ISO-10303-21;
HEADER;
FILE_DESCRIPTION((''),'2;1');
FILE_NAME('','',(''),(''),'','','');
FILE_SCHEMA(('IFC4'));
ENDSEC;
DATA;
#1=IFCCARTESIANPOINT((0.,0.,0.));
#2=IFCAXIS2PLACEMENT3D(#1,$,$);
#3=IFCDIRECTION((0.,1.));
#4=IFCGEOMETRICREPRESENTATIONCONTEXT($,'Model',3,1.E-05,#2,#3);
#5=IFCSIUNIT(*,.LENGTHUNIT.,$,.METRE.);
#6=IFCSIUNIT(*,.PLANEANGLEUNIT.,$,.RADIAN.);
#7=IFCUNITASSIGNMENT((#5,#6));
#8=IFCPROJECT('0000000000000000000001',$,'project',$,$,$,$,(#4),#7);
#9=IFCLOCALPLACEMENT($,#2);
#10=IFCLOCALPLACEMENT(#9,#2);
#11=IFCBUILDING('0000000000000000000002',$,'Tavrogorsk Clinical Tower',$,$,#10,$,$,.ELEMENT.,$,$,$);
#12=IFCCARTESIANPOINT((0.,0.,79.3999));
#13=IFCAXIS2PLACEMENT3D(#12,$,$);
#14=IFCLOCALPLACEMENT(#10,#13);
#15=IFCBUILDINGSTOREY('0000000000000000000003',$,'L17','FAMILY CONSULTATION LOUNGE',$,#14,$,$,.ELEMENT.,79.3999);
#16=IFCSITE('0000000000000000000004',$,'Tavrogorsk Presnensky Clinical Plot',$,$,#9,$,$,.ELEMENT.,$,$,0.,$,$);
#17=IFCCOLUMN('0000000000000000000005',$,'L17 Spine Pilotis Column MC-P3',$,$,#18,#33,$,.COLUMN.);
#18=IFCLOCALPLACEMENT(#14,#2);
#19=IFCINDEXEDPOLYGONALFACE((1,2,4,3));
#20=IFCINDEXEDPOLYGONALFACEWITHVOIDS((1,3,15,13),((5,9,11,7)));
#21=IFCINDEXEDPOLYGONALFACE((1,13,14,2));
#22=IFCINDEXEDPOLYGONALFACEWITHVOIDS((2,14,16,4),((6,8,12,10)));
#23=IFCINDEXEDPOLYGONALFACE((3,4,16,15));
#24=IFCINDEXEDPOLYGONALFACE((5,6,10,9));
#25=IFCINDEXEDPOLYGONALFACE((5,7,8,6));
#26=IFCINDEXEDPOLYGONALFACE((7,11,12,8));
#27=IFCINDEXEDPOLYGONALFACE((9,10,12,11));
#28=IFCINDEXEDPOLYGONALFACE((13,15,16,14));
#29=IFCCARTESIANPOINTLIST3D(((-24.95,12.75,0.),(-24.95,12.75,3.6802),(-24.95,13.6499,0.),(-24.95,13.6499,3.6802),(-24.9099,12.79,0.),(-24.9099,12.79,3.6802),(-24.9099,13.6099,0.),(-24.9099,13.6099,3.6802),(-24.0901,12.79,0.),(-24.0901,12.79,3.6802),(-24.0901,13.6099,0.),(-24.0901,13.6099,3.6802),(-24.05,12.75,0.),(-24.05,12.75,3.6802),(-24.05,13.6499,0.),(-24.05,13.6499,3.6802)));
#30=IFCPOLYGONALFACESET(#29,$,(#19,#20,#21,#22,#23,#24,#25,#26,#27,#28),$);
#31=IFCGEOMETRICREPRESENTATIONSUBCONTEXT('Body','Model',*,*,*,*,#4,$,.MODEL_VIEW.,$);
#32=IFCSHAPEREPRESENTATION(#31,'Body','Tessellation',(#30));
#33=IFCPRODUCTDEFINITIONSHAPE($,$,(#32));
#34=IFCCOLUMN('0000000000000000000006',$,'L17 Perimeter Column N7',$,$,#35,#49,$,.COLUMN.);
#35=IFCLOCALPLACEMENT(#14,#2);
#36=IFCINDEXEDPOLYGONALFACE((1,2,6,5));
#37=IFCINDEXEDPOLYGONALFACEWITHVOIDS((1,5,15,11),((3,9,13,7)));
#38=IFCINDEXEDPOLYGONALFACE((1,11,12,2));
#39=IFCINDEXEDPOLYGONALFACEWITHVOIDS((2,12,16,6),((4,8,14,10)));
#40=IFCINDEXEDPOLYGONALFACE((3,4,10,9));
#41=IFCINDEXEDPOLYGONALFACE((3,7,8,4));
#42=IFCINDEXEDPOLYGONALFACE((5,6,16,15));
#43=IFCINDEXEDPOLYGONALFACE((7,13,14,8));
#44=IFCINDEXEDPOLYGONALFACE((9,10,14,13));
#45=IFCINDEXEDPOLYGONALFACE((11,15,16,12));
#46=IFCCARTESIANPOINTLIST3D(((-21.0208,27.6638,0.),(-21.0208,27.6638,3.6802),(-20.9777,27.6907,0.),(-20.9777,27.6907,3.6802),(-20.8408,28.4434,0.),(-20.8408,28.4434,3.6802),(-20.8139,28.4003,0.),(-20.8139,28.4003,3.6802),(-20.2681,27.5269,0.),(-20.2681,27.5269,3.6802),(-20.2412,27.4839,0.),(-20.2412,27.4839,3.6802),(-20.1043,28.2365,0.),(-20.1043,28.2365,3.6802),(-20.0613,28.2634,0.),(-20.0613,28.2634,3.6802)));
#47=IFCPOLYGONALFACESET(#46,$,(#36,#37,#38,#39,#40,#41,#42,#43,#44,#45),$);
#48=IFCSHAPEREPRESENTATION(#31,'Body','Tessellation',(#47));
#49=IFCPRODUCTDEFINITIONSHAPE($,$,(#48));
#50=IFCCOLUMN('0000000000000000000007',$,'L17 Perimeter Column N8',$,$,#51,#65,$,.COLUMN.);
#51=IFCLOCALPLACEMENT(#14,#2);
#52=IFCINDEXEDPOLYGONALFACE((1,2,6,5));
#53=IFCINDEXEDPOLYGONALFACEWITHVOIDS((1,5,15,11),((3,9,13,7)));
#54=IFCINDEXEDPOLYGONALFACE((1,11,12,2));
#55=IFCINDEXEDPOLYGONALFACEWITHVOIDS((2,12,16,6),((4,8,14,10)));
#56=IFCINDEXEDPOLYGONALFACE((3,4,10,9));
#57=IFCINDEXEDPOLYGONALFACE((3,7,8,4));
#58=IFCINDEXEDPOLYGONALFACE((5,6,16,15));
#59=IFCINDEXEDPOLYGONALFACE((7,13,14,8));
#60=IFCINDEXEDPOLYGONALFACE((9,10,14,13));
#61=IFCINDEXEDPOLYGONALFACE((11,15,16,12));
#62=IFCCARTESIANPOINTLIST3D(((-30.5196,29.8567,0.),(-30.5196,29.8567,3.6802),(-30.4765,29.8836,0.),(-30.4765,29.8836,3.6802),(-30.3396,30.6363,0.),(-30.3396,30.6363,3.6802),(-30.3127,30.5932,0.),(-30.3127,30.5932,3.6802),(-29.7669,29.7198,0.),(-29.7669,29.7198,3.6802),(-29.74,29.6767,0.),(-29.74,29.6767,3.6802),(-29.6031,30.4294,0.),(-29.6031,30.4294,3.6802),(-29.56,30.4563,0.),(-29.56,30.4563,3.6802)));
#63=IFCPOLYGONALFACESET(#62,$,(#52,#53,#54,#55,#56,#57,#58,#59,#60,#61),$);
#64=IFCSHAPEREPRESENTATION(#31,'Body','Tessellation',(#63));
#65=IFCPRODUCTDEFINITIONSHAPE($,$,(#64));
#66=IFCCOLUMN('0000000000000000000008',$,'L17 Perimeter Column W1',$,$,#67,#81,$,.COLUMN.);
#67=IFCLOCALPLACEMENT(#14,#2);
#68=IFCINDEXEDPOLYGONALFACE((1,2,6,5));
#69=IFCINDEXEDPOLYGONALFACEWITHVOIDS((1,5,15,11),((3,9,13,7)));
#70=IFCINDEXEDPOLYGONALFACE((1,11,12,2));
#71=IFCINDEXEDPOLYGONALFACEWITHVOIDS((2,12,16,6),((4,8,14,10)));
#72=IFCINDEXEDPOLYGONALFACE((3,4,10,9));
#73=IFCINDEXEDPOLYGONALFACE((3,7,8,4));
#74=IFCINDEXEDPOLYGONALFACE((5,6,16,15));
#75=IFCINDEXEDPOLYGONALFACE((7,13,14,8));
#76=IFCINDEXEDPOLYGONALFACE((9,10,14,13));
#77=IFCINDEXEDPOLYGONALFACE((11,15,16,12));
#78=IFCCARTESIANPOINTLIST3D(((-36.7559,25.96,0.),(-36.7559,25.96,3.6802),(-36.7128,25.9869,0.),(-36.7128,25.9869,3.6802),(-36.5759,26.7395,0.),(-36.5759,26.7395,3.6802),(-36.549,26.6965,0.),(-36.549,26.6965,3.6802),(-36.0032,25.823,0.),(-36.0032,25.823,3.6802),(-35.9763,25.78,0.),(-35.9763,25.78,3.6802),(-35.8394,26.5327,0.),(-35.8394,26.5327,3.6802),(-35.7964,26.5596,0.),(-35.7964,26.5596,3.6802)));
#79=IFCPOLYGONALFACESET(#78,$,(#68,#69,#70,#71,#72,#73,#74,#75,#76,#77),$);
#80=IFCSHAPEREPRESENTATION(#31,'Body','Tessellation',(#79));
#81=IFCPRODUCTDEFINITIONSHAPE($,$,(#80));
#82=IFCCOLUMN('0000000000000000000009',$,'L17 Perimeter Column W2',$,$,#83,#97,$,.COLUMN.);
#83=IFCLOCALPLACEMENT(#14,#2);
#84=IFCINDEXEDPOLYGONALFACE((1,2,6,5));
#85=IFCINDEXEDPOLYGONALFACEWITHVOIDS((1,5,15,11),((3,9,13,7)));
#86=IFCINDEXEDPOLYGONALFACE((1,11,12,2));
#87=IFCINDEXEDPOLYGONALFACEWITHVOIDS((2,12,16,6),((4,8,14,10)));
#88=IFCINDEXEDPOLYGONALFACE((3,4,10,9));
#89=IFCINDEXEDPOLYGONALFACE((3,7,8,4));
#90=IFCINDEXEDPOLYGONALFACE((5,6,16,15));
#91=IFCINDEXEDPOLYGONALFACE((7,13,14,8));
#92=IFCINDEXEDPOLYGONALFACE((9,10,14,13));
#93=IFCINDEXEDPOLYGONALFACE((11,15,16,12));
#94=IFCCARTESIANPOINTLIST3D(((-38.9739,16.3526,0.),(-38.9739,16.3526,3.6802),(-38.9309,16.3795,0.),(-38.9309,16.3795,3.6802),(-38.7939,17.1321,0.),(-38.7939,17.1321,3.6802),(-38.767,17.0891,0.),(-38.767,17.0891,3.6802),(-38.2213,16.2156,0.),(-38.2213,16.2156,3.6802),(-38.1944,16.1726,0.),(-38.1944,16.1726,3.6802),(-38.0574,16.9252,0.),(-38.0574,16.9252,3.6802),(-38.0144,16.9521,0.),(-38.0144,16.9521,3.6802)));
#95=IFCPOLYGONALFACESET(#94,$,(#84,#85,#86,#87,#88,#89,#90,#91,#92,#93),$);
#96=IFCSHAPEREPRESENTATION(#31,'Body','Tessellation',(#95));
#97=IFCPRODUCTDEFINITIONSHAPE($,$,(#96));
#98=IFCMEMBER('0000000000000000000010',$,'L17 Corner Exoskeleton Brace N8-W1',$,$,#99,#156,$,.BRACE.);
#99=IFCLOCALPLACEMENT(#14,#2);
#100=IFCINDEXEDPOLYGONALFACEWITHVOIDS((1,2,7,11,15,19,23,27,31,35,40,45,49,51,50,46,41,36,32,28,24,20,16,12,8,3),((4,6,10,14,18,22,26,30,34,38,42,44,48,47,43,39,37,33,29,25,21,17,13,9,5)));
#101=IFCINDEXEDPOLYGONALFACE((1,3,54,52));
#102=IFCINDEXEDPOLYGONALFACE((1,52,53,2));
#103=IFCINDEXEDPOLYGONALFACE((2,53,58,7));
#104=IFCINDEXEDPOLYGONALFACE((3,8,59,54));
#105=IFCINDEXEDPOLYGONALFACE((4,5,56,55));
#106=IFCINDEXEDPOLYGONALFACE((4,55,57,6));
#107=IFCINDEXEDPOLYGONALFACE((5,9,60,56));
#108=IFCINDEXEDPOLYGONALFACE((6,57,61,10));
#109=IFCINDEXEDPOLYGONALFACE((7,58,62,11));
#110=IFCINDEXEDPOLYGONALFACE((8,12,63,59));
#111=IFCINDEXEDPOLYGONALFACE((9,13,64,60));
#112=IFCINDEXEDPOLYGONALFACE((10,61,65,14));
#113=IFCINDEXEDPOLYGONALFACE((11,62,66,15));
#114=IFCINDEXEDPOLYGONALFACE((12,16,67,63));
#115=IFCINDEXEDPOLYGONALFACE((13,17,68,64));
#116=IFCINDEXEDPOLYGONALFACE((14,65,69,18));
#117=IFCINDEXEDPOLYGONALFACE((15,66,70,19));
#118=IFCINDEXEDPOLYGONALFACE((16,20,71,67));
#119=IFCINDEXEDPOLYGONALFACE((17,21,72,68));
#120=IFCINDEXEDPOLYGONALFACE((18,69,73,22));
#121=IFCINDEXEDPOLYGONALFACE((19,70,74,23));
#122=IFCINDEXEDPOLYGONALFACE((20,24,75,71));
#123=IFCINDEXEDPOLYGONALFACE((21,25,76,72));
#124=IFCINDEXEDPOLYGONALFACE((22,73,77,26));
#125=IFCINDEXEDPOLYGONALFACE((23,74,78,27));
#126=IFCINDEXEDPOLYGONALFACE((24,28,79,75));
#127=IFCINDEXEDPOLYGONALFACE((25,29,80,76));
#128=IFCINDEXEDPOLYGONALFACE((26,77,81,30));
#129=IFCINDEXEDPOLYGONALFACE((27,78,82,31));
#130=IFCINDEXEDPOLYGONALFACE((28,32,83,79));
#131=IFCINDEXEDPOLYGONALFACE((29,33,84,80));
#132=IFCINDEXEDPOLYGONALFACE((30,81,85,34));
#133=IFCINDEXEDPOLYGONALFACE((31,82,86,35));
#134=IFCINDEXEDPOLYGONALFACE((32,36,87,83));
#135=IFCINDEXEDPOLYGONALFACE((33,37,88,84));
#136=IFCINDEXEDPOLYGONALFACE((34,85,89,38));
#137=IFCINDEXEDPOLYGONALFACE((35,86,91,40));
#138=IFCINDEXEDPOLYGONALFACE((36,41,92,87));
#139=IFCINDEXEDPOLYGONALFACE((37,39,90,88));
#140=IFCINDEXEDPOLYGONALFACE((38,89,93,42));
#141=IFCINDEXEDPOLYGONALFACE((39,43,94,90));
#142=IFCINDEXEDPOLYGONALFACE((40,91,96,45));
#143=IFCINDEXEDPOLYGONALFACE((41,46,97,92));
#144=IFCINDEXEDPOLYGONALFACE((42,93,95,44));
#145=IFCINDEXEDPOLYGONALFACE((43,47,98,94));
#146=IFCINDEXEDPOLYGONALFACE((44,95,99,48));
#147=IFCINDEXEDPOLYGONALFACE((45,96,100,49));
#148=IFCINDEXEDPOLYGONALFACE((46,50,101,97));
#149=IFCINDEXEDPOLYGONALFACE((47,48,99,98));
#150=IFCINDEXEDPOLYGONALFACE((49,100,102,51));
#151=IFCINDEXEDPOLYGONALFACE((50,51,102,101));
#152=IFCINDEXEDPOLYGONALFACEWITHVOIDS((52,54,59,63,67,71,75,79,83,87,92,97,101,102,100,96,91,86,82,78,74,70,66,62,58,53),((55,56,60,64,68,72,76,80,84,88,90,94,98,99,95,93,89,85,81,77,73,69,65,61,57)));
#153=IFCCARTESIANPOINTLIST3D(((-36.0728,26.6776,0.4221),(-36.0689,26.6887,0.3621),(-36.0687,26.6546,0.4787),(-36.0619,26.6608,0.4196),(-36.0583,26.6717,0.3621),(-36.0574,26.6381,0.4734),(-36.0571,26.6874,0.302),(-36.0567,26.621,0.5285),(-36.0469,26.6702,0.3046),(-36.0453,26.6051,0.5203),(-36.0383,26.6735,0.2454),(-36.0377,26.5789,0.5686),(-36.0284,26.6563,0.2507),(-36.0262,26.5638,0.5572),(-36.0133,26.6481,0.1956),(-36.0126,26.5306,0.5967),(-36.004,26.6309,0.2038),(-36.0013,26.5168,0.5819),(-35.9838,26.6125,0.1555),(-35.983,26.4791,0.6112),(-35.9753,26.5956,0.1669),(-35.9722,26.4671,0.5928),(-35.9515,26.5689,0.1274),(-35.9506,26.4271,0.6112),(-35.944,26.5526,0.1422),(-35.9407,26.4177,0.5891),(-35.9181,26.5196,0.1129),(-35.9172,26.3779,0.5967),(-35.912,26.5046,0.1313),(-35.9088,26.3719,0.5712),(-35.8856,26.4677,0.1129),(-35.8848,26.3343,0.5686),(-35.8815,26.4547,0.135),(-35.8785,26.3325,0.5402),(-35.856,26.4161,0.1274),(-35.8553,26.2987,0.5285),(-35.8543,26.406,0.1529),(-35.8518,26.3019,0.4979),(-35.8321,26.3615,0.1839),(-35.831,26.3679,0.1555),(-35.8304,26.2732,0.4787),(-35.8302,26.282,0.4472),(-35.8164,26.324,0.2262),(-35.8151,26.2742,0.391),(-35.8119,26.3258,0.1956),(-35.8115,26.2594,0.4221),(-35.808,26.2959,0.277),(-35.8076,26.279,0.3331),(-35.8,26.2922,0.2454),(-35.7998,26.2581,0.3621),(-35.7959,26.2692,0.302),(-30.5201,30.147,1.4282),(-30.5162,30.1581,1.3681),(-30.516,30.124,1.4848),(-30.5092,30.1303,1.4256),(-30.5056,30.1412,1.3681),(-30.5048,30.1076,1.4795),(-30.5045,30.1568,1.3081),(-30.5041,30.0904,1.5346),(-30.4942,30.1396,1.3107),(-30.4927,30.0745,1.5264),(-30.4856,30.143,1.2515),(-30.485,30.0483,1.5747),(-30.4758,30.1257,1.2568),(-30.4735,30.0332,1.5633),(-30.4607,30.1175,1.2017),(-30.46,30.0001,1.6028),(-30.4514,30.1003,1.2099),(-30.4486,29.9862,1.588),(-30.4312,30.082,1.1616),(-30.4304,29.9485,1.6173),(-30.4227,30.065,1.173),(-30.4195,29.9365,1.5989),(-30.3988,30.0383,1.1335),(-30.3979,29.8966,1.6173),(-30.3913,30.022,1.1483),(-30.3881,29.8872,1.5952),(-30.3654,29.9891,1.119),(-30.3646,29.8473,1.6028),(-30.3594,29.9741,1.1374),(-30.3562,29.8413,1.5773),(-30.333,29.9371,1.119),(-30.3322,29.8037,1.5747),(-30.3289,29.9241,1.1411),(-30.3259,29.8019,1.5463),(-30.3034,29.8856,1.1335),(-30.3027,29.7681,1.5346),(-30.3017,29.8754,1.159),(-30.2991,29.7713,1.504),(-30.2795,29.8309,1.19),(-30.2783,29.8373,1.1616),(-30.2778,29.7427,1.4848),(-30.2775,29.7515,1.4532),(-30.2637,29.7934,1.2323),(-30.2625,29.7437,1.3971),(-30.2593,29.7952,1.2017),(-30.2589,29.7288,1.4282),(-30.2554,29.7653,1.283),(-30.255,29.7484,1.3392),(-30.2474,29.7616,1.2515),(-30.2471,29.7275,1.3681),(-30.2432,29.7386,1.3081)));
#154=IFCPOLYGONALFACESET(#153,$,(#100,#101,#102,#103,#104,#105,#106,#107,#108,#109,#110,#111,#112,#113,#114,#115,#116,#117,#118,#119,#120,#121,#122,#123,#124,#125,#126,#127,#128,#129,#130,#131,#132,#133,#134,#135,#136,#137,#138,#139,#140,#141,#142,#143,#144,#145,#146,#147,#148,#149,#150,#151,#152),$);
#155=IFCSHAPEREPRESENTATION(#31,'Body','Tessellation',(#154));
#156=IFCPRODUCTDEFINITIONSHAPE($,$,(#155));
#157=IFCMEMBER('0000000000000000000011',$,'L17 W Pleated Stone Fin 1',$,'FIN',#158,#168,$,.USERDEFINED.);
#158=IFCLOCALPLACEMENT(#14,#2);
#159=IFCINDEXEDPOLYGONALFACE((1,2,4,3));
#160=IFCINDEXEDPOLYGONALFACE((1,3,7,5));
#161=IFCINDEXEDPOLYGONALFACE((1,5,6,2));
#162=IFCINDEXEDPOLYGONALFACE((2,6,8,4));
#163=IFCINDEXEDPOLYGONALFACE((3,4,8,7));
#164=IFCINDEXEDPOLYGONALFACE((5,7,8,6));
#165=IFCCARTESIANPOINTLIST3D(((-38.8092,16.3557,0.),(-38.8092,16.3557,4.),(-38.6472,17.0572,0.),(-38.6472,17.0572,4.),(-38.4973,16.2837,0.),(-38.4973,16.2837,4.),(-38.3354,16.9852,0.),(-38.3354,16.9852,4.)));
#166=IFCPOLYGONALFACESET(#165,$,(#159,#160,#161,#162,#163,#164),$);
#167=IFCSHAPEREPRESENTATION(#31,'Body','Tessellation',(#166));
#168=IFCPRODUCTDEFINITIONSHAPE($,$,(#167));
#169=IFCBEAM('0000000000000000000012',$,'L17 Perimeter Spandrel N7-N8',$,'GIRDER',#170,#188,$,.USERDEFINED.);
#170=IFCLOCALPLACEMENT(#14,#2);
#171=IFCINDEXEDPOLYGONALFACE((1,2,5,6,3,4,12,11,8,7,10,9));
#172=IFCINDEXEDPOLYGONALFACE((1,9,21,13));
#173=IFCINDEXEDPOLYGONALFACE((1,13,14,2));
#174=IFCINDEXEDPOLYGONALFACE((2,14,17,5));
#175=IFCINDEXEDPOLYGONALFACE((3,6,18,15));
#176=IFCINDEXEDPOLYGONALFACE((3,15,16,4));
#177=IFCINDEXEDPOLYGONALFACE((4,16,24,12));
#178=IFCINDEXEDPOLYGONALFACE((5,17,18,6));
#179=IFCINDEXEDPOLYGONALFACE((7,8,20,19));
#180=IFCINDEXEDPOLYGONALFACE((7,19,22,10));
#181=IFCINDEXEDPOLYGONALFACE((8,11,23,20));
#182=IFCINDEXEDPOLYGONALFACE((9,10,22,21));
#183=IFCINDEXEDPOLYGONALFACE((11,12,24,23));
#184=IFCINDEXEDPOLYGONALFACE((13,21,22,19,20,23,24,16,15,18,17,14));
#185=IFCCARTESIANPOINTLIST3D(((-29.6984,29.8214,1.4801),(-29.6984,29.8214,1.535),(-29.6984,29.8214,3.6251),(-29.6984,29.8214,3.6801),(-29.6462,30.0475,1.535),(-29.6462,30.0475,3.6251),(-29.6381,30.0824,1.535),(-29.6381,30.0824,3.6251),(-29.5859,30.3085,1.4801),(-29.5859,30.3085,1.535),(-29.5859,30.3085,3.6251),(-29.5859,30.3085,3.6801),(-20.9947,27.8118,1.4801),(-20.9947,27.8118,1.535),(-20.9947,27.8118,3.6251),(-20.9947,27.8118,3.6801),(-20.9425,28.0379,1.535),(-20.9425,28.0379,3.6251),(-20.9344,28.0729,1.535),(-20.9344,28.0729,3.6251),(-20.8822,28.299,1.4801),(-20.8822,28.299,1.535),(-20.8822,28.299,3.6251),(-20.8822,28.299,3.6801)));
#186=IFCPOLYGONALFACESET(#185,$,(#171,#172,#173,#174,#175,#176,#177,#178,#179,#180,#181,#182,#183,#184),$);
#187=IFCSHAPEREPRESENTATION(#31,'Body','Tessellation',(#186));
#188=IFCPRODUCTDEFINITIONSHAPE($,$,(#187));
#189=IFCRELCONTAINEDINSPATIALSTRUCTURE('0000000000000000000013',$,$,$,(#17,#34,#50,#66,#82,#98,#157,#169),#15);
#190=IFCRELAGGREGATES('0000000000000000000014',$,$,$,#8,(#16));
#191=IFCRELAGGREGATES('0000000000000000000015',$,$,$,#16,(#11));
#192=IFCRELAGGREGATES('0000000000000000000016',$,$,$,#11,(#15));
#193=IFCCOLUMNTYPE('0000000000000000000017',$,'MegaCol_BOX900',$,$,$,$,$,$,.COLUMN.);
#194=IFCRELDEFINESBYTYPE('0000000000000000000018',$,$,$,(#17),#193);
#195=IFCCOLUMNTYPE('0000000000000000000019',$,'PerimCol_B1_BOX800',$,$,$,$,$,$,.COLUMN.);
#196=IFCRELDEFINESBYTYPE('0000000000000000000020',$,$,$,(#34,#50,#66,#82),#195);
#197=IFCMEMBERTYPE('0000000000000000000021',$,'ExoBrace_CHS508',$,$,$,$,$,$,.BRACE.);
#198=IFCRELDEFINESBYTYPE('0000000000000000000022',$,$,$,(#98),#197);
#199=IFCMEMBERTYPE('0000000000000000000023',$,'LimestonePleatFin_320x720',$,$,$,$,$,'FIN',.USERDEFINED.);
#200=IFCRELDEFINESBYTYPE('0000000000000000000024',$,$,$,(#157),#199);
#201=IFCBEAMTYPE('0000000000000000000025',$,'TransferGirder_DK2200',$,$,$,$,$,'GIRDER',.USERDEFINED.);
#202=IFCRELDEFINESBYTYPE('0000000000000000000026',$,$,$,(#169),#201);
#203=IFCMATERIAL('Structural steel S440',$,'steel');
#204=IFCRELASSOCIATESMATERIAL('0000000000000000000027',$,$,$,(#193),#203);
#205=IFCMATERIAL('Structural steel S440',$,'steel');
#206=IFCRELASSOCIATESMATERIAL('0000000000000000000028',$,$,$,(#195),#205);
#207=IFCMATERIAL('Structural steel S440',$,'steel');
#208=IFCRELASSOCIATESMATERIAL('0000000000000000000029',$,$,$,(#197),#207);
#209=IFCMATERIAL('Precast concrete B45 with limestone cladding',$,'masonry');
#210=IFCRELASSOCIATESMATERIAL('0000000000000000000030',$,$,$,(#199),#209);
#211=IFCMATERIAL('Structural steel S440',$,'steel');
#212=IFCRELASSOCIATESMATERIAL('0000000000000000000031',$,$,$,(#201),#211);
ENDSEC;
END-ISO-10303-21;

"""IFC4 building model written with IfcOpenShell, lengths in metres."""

from ifc_helpers import new_model, si_unit, direction, frame, origin, origin_2d, place, context, subcontext, project, spatial, rectangle, hollow_rectangle, hollow_circle, i_section, extrude, material, material_profile, profile_set, type_object, element, save


model = new_model("IFC4")

# Units and contexts
model_context = context("Model", 3, precision=1e-05, world=origin(), true_north=direction((0.0, 1.0)))
body_context = subcontext(model_context, "Body", "Model", "MODEL_VIEW")
ifc_project = project(units=[si_unit("LENGTHUNIT", "METRE"), si_unit("PLANEANGLEUNIT", "RADIAN")], contexts=[model_context])

# Site, building, storey
site_placement = place(None, origin())
site = spatial("IfcSite", under=ifc_project, at=site_placement, Name="Tavrogorsk Presnensky Clinical Plot", CompositionType="ELEMENT", RefElevation=0.0)
building_placement = place(site_placement, origin())
building = spatial("IfcBuilding", under=site, at=building_placement, Name="Tavrogorsk Clinical Tower", CompositionType="ELEMENT")
storey_placement = place(building_placement, frame((0.0, 0.0, 79.3999)))
storey = spatial("IfcBuildingStorey", under=building, at=storey_placement, Name="L17", Description="FAMILY CONSULTATION LOUNGE", CompositionType="ELEMENT", Elevation=79.3999)

# Columns
ifc_material_1 = material(Name="Structural steel S440", Category="steel")
ifc_material_profile_1 = material_profile(ifc_material_1, hollow_rectangle(XDim=0.8999, YDim=0.8999, WallThickness=0.04, at=origin_2d()), Name="BOX-900x900x40")
ifc_profile_set_1 = profile_set([ifc_material_profile_1], Name="Structural steel S440")
column_type_1 = type_object("IfcColumnType", Name="MegaCol_BOX900", PredefinedType="COLUMN", material=ifc_profile_set_1)
column_placement = place(storey_placement, frame((-24.5, 13.2, 0.0), z_axis=(0.0, 0.0, 1.0), x_axis=(1.0, 0.0, 0.0)))
element("IfcColumn", 1, at=column_placement, inside=storey, type_object=column_type_1, Name="L17 Spine Pilotis Column MC-P3", PredefinedType="COLUMN", context=body_context, shape_type="SweptSolid", body=[
    extrude(hollow_rectangle(XDim=0.8999, YDim=0.8999, WallThickness=0.04, at=origin_2d()), origin(), (0.0, 0.0, 1.0), 3.6802),
])
ifc_material_2 = material(Name="Structural steel S440", Category="steel")
ifc_material_profile_2 = material_profile(ifc_material_2, hollow_rectangle(XDim=0.8, YDim=0.8, WallThickness=0.0359, at=origin_2d()), Name="BOX-800x800x36")
ifc_profile_set_2 = profile_set([ifc_material_profile_2], Name="Structural steel S440")
column_type_2 = type_object("IfcColumnType", Name="PerimCol_B1_BOX800", PredefinedType="COLUMN", material=ifc_profile_set_2)
for number, where, z_axis, x_axis, name in (
    (2, (-20.541, 27.9636, 0.0), (0.0, 0.0, 1.0), (0.97437, -0.224951, 0.0), "L17 Perimeter Column N7"),
    (3, (-30.0398, 30.1565, 0.0), (0.0, 0.0, 1.0), (0.97437, -0.224951, 0.0), "L17 Perimeter Column N8"),
    (4, (-36.2761, 26.2598, 0.0), (0.0, 0.0, 1.0), (0.97437, -0.224951, 0.0), "L17 Perimeter Column W1"),
    (5, (-38.4941, 16.6523, 0.0), (0.0, 0.0, 1.0), (0.97437, -0.224951, 0.0), "L17 Perimeter Column W2"),
):
    element("IfcColumn", number, at=place(storey_placement, frame(where, z_axis=z_axis, x_axis=x_axis)), inside=storey, type_object=column_type_2, Name=name, PredefinedType="COLUMN", context=body_context, shape_type="SweptSolid", body=[
        extrude(hollow_rectangle(XDim=0.8, YDim=0.8, WallThickness=0.0359, at=origin_2d()), origin(), (0.0, 0.0, 1.0), 3.6802),
    ])

# Members
ifc_material_3 = material(Name="Structural steel S440", Category="steel")
ifc_material_profile_3 = material_profile(ifc_material_3, hollow_circle(Radius=0.2539, WallThickness=0.02, at=origin_2d()), Name="CHS-508x20")
ifc_profile_set_3 = profile_set([ifc_material_profile_3], Name="Structural steel S440")
member_type_1 = type_object("IfcMemberType", Name="ExoBrace_CHS508", PredefinedType="BRACE", material=ifc_profile_set_3)
member_1_placement = place(storey_placement, frame((-35.9343, 26.4734, 0.3621), z_axis=(0.838227, 0.523744, 0.151879), x_axis=(-0.529892, 0.848065, 0.0)))
element("IfcMember", 6, at=member_1_placement, inside=storey, type_object=member_type_1, Name="L17 Corner Exoskeleton Brace N8-W1", PredefinedType="BRACE", context=body_context, shape_type="SweptSolid", body=[
    extrude(hollow_circle(Radius=0.2539, WallThickness=0.02, at=origin_2d()), origin(), (0.0, 0.0, 1.0), 6.6243),
])
ifc_material_4 = material(Name="Precast concrete B45 with limestone cladding", Category="masonry")
ifc_material_profile_4 = material_profile(ifc_material_4, rectangle(XDim=0.3201, YDim=0.72, at=origin_2d()), Name="LIMESTONE-FIN-320x720")
ifc_profile_set_4 = profile_set([ifc_material_profile_4], Name="Precast concrete B45 with limestone cladding")
member_type_2 = type_object("IfcMemberType", Name="LimestonePleatFin_320x720", ElementType="FIN", PredefinedType="USERDEFINED", material=ifc_profile_set_4)
member_2_placement = place(storey_placement, frame((-38.5723, 16.6704, 0.0), z_axis=(0.0, 0.0, 1.0), x_axis=(0.97437, -0.224951, 0.0)))
element("IfcMember", 7, at=member_2_placement, inside=storey, type_object=member_type_2, Name="L17 W Pleated Stone Fin 1", ObjectType="FIN", PredefinedType="USERDEFINED", context=body_context, shape_type="SweptSolid", body=[
    extrude(rectangle(XDim=0.3201, YDim=0.72, at=origin_2d()), origin(), (0.0, 0.0, 1.0), 4.0),
])

# Beam
ifc_material_5 = material(Name="Structural steel S440", Category="steel")
ifc_material_profile_5 = material_profile(ifc_material_5, i_section(OverallWidth=0.5, OverallDepth=2.2, WebThickness=0.0359, FlangeThickness=0.0549, at=origin_2d()), Name="DK-2200x500x36x55")
ifc_profile_set_5 = profile_set([ifc_material_profile_5], Name="Structural steel S440")
beam_type = type_object("IfcBeamType", Name="TransferGirder_DK2200", ElementType="GIRDER", PredefinedType="USERDEFINED", material=ifc_profile_set_5)
beam_1_placement = place(storey_placement, frame((-20.9385, 28.0554, 2.5801), z_axis=(-0.974367, 0.224965, 0.0), x_axis=(-0.224965, -0.974367, 0.0)))
element("IfcBeam", 8, at=beam_1_placement, inside=storey, type_object=beam_type, Name="L17 Perimeter Spandrel N7-N8", ObjectType="GIRDER", PredefinedType="USERDEFINED", context=body_context, shape_type="SweptSolid", body=[
    extrude(i_section(OverallWidth=0.5, OverallDepth=2.2, WebThickness=0.0359, FlangeThickness=0.0549, at=origin_2d()), origin(), (0.0, 0.0, 1.0), 8.9326),
])

save(model, "model.ifc")
